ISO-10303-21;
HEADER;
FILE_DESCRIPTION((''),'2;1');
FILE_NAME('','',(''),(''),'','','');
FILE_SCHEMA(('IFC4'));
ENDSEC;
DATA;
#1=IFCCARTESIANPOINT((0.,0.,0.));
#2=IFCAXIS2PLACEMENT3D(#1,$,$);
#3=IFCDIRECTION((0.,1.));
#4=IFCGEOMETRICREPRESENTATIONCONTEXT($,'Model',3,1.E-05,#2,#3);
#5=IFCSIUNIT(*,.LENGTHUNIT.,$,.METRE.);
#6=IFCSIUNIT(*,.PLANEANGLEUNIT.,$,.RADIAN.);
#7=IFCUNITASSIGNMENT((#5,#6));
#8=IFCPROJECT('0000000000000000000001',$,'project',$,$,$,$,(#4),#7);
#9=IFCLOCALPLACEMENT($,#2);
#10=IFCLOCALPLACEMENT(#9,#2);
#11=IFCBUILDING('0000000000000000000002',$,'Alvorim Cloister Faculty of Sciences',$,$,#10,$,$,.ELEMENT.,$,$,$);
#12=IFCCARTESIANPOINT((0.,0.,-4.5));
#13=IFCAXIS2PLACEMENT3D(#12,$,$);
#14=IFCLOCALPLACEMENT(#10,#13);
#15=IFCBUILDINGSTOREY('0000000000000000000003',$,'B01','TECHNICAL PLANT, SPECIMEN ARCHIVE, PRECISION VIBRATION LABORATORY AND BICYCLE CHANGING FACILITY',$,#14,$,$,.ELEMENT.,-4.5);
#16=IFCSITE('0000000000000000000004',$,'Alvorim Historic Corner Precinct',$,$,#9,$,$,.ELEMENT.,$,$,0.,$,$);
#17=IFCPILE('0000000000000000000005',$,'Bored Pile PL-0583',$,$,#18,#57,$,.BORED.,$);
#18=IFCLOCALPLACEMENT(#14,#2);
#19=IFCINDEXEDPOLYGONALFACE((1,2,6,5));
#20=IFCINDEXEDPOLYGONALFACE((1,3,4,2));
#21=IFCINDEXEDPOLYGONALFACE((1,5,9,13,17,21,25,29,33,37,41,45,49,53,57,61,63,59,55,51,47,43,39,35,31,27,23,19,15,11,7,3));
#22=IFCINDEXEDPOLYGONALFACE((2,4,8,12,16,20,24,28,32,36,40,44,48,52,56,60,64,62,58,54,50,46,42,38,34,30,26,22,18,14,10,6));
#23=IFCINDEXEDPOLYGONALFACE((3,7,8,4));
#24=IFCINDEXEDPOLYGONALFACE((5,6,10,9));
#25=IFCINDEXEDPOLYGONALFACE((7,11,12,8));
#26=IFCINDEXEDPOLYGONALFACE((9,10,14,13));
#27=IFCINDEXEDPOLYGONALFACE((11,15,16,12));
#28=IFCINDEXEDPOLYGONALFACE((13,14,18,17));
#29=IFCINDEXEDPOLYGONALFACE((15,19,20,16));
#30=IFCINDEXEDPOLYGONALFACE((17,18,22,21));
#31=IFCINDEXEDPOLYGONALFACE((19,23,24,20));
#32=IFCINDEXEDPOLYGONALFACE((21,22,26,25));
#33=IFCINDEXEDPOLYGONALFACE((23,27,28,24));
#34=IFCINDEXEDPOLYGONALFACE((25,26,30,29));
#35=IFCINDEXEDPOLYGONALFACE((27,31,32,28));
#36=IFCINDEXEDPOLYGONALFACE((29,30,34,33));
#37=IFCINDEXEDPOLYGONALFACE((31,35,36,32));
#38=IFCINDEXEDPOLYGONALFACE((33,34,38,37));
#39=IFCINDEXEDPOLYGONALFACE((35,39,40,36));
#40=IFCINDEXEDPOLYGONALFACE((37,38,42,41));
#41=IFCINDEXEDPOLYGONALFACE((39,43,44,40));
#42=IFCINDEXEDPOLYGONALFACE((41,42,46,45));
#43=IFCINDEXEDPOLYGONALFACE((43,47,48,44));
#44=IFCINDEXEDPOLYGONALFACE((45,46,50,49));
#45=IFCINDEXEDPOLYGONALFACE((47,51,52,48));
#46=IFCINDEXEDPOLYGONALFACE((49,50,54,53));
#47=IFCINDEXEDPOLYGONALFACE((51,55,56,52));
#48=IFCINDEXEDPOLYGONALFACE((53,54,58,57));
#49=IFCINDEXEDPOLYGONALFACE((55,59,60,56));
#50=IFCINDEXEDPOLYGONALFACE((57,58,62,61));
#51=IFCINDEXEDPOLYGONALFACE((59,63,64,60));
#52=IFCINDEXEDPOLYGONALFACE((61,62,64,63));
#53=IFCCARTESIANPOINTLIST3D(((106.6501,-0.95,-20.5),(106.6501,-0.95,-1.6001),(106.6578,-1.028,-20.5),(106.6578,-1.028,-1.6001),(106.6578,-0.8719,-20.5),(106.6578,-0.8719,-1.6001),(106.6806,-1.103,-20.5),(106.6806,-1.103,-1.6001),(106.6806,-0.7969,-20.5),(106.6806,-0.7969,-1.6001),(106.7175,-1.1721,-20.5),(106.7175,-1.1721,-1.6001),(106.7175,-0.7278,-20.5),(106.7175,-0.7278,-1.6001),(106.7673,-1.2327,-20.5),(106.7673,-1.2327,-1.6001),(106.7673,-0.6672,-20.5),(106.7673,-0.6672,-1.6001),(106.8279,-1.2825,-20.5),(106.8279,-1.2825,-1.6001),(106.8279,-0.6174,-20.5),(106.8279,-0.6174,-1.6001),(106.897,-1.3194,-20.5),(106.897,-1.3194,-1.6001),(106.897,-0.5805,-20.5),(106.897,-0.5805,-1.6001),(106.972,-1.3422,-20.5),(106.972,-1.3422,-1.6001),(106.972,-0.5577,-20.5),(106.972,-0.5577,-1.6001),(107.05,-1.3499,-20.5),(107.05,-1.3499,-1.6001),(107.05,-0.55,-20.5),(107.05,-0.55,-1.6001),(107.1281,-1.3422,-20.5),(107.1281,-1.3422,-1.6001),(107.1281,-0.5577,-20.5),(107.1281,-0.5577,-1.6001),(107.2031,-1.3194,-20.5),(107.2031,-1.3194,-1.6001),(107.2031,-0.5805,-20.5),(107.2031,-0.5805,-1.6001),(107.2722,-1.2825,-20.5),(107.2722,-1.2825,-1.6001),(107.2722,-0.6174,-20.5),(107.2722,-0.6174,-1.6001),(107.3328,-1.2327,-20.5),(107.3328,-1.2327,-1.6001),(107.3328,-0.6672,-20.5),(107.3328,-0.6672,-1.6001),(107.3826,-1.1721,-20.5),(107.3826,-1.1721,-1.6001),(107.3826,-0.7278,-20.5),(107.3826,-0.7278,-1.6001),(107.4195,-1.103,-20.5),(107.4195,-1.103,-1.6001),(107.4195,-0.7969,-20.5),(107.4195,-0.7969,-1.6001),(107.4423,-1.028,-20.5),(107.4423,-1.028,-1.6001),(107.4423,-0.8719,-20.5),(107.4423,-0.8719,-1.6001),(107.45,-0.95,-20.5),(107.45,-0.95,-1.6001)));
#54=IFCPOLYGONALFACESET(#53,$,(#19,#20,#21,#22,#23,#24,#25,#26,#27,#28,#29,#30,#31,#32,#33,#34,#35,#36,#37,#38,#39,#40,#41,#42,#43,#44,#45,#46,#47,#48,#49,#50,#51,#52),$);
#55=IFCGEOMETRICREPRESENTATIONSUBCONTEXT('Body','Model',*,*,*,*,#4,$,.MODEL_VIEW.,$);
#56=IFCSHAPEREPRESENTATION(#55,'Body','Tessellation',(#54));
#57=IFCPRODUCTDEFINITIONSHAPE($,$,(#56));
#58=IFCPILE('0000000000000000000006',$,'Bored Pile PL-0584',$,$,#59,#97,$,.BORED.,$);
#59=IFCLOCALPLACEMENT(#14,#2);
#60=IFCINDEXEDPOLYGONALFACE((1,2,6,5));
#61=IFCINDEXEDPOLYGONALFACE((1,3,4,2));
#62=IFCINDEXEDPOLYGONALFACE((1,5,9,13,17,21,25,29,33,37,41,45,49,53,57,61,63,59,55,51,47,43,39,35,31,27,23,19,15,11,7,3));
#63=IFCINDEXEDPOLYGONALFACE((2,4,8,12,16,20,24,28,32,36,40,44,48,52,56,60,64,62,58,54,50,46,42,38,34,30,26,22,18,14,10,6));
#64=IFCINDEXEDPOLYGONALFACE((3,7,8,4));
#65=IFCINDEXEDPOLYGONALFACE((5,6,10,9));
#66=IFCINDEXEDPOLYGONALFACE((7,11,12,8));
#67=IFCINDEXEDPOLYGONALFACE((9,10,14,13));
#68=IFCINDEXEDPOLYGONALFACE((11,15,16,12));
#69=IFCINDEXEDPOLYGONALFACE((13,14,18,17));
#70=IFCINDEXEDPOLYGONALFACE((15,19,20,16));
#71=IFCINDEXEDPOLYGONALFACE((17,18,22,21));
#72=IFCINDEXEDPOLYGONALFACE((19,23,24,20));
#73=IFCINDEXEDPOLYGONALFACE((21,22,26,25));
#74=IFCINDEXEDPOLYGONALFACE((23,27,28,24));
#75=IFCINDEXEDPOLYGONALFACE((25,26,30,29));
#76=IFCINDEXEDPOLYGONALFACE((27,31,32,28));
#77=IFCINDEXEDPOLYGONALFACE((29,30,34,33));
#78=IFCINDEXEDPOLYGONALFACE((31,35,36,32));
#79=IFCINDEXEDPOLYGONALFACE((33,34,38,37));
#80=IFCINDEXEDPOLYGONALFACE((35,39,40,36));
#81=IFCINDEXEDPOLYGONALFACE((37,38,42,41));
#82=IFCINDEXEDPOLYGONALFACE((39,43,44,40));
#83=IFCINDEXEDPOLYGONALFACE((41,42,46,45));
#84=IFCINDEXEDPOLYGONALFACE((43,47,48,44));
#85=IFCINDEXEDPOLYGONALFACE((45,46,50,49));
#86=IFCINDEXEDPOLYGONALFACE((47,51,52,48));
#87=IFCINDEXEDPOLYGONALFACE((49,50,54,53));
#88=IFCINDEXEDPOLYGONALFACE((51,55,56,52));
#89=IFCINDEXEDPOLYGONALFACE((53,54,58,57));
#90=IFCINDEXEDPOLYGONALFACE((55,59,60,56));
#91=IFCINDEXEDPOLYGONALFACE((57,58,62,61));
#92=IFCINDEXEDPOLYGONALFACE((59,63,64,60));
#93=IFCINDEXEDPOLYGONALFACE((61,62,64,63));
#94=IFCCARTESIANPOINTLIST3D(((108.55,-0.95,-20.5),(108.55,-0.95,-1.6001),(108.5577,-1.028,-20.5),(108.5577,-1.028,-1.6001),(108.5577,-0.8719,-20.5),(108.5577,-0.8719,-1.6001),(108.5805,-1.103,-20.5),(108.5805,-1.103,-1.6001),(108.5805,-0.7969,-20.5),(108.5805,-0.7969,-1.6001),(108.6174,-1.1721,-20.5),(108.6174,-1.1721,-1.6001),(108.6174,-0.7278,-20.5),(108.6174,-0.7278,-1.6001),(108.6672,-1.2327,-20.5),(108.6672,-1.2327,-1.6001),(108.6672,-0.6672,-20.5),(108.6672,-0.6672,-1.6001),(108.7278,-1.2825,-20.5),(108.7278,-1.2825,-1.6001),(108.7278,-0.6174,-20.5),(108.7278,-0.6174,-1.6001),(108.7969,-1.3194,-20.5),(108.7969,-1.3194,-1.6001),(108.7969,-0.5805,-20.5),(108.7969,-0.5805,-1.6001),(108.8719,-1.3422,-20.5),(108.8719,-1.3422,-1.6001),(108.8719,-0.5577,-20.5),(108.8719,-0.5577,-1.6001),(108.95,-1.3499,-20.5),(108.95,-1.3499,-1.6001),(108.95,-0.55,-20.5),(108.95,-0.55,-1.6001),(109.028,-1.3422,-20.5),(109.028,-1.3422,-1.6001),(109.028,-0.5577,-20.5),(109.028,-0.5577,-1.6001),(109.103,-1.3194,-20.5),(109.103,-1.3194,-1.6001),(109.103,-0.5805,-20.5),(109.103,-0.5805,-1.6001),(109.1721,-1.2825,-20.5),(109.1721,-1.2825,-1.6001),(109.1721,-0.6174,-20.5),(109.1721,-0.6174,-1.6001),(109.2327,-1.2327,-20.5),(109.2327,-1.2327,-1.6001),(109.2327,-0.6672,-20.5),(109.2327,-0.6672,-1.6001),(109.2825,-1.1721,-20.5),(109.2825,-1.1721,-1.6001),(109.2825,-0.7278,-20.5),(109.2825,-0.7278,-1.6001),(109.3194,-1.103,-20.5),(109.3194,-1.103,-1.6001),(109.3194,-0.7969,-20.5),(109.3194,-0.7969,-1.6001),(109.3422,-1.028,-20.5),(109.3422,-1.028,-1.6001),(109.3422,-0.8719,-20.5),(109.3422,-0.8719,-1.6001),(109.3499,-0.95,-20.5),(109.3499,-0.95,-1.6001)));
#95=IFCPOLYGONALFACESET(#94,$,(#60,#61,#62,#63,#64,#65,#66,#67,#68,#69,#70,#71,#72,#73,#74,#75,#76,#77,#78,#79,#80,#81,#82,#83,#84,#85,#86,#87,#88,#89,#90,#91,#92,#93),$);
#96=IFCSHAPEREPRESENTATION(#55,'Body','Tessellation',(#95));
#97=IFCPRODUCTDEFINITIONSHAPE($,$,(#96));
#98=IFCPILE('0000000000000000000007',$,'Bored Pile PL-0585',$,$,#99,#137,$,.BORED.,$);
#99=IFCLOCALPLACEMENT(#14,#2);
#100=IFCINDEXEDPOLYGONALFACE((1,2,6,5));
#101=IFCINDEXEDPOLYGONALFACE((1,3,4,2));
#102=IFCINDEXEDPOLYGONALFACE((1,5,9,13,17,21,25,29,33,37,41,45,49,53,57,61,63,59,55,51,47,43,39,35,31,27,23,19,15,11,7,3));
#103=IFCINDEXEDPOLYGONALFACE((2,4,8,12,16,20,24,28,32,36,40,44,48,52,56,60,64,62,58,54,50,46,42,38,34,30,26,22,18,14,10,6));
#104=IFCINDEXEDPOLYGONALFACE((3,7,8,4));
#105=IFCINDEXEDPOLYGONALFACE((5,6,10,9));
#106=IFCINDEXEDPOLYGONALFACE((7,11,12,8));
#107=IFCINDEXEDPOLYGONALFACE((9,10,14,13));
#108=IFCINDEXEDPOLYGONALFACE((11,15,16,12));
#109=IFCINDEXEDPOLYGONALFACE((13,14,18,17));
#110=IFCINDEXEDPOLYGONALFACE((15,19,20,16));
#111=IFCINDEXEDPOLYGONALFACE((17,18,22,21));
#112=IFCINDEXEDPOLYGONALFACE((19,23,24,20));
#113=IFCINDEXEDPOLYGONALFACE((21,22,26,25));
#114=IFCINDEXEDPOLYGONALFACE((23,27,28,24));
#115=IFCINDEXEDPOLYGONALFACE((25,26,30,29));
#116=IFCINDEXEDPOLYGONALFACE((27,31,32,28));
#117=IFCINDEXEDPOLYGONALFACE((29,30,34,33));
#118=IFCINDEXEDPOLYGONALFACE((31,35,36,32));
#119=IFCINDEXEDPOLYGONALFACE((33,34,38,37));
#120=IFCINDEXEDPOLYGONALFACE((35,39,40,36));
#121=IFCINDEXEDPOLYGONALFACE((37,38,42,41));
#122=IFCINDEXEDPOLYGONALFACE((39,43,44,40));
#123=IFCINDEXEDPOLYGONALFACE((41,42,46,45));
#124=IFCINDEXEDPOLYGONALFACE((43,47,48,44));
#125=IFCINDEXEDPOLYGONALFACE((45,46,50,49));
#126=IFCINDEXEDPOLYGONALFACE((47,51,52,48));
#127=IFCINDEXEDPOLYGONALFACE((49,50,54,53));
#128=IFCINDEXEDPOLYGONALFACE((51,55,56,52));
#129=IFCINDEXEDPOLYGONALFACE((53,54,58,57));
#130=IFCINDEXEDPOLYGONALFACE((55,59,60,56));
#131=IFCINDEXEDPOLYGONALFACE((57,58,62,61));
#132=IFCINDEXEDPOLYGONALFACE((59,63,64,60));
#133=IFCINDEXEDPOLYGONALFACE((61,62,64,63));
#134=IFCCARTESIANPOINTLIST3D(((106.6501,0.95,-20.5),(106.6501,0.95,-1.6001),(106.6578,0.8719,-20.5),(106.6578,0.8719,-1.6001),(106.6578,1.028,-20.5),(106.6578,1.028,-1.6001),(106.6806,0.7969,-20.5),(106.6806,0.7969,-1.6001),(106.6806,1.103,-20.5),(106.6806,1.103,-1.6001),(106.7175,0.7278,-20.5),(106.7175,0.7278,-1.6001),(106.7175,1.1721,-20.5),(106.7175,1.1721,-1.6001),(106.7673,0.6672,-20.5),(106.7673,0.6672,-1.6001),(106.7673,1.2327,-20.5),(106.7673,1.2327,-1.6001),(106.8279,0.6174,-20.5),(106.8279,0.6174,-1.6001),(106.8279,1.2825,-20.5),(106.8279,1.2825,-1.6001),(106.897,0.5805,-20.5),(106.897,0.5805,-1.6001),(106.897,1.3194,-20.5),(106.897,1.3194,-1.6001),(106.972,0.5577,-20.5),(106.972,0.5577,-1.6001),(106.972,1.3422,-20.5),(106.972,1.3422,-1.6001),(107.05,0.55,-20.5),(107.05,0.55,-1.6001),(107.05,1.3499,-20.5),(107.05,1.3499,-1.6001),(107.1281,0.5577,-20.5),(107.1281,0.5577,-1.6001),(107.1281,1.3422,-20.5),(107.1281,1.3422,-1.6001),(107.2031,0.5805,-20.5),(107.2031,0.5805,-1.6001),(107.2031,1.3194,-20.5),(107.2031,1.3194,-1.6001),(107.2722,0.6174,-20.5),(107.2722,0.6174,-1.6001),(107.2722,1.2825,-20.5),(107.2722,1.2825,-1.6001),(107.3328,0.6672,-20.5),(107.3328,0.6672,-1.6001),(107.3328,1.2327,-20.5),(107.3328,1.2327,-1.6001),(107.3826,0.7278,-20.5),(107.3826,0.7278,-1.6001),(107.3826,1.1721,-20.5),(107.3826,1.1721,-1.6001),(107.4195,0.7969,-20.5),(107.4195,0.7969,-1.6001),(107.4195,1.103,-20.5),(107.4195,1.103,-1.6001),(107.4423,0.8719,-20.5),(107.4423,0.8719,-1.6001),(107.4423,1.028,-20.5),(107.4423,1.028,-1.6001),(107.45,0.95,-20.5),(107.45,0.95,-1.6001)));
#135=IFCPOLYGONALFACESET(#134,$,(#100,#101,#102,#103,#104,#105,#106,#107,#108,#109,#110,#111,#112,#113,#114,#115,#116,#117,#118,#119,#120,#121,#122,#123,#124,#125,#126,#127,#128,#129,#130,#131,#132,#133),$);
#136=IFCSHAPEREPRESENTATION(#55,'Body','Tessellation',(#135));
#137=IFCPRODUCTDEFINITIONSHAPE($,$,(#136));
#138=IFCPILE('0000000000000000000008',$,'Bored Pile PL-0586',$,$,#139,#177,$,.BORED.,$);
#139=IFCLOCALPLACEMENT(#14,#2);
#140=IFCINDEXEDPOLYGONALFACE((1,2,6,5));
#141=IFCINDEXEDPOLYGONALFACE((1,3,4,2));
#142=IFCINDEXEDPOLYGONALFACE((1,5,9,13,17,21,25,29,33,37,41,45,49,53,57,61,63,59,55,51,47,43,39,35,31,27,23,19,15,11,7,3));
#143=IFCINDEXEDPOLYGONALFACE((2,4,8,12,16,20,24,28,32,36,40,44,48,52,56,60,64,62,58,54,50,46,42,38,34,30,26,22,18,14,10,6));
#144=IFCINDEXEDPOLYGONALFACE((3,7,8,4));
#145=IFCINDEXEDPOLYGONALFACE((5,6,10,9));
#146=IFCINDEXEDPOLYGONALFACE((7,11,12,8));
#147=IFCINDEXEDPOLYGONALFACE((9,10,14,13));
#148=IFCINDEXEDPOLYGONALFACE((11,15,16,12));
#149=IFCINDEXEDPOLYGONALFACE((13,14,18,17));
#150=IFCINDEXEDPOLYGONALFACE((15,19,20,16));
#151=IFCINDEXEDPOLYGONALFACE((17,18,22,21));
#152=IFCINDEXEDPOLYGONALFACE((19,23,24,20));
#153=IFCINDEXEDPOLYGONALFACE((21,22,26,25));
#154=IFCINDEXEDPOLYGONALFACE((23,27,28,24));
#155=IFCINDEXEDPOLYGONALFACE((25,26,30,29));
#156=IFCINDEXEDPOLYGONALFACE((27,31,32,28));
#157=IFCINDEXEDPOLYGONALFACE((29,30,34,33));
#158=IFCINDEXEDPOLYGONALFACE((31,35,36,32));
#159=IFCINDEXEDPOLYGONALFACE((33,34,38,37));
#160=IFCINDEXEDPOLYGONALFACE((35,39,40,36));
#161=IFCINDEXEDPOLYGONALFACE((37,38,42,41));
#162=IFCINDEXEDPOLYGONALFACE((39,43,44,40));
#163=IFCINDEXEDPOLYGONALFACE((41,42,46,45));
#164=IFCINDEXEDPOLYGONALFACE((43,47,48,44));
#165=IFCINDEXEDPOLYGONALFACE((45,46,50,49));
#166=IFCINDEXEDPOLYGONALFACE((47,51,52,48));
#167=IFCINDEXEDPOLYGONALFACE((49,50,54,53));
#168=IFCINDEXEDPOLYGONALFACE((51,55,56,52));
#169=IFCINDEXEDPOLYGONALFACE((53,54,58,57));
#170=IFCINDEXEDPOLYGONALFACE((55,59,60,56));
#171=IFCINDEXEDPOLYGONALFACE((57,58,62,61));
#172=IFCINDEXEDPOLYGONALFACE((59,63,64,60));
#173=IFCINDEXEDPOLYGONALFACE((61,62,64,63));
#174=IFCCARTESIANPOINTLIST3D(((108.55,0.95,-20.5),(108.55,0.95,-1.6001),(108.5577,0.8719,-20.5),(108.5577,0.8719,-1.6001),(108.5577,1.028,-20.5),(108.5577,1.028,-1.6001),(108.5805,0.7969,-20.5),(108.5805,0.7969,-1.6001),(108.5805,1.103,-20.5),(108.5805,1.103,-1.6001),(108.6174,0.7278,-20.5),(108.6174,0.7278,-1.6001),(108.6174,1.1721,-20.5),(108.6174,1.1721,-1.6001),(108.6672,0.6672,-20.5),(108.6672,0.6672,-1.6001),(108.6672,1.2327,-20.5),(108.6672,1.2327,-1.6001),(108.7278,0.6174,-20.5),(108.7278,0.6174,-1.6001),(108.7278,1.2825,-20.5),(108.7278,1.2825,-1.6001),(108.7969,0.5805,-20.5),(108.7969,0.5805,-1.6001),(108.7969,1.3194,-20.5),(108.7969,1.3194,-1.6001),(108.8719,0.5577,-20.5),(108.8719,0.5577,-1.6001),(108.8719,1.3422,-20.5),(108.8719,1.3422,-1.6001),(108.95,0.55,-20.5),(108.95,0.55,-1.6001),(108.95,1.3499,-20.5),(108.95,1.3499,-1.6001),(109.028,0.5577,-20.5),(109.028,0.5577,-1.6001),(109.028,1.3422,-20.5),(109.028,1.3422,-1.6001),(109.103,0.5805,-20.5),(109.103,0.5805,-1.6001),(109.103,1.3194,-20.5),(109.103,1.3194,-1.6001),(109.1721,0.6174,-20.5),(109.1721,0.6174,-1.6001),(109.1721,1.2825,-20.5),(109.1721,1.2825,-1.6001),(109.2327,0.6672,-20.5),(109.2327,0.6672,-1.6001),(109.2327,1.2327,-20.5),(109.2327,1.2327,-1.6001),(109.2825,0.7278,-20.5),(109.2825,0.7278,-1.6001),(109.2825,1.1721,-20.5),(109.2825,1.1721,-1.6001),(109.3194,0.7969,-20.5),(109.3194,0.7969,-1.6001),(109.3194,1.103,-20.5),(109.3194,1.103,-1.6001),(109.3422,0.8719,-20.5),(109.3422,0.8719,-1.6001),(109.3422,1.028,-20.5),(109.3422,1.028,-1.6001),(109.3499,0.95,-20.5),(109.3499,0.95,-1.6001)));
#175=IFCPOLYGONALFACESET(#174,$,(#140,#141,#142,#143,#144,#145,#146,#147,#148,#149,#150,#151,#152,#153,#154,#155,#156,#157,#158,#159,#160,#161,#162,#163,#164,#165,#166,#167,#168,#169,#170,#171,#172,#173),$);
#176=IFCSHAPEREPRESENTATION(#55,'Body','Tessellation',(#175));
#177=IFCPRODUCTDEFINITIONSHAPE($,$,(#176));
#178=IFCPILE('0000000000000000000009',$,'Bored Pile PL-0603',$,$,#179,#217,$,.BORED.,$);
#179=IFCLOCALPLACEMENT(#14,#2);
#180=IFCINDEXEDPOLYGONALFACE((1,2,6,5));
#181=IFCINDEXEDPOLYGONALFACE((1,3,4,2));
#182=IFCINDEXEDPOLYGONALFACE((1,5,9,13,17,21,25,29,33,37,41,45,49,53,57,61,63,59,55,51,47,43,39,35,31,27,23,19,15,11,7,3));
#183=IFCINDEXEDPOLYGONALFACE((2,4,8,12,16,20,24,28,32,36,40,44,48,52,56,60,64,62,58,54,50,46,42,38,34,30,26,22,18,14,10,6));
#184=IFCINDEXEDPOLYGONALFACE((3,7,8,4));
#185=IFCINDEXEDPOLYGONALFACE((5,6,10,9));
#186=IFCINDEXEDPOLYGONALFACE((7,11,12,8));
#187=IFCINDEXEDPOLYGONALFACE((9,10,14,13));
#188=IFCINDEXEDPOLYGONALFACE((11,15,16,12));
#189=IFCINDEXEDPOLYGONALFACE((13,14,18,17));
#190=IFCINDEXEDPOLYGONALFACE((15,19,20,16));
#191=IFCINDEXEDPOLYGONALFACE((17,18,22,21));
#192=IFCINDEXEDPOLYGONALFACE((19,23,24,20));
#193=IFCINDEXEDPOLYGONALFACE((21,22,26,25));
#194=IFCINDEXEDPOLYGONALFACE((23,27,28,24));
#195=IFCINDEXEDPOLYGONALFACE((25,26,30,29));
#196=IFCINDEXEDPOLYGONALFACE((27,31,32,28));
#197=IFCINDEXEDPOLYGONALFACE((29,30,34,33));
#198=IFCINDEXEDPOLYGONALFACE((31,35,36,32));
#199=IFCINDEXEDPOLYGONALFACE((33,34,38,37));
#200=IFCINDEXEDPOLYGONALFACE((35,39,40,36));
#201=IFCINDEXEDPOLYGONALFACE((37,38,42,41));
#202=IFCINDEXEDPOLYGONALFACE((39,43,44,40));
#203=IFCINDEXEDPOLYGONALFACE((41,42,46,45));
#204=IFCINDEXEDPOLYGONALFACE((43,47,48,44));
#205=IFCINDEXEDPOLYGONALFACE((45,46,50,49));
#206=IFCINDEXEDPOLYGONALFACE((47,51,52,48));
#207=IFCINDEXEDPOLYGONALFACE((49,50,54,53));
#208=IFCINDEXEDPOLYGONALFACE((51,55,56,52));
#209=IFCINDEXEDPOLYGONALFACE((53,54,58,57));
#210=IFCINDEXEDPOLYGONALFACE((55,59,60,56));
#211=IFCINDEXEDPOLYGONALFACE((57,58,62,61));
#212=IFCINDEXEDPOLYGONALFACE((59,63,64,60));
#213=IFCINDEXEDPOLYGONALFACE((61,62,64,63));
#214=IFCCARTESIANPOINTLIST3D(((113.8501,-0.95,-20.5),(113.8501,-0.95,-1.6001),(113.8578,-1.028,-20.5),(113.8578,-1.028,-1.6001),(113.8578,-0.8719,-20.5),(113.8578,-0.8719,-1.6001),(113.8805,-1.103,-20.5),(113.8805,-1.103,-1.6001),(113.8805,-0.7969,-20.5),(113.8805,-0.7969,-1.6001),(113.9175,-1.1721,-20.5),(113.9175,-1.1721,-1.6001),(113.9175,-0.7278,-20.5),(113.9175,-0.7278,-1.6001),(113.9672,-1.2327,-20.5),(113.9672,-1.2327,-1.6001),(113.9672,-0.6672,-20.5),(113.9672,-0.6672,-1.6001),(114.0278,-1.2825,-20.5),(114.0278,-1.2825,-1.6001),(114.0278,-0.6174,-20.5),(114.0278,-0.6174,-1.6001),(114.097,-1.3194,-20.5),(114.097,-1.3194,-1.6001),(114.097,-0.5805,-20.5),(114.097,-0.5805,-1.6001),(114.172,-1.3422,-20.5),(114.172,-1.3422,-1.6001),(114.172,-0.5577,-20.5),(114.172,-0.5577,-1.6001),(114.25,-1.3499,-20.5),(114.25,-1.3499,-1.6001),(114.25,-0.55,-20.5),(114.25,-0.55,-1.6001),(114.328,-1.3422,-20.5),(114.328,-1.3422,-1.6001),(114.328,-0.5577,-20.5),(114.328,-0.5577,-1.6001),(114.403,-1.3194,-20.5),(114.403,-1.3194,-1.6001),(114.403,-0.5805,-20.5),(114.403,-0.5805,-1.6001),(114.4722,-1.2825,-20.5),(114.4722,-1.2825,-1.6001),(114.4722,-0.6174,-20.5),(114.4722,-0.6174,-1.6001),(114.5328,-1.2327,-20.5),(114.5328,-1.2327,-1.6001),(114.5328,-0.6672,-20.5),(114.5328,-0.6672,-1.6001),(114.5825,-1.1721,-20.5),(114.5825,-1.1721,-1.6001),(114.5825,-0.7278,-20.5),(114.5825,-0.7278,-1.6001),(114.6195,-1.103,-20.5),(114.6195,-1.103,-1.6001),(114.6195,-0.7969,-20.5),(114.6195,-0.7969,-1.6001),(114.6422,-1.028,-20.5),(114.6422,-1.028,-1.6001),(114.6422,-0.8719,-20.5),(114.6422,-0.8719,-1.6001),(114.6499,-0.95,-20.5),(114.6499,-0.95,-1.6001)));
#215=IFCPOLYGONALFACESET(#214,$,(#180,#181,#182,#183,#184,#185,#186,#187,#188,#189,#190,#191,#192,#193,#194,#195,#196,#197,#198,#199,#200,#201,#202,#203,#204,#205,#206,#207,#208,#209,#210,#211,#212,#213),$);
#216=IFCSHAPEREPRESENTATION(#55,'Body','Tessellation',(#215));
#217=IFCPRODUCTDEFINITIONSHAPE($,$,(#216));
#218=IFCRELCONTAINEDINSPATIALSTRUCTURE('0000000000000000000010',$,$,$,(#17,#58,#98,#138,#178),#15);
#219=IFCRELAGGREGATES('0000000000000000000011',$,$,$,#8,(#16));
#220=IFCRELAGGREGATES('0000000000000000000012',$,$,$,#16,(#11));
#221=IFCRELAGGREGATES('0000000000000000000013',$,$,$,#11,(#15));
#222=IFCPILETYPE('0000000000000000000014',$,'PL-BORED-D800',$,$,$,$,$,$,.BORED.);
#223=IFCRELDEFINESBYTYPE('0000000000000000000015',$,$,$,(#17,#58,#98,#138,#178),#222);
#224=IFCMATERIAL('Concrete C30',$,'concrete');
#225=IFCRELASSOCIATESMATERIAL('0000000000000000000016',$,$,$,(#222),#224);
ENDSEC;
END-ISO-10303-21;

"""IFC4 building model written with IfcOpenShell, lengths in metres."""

from ifc_helpers import new_model, si_unit, direction, frame, origin, origin_2d, place, context, subcontext, project, spatial, circle, extrude, material, material_profile, profile_set, type_object, element, save


model = new_model("IFC4")

# Units and contexts
model_context = context("Model", 3, precision=1e-05, world=origin(), true_north=direction((0.0, 1.0)))
body_context = subcontext(model_context, "Body", "Model", "MODEL_VIEW")
ifc_project = project(units=[si_unit("LENGTHUNIT", "METRE"), si_unit("PLANEANGLEUNIT", "RADIAN")], contexts=[model_context])

# Site, building, storey
site_placement = place(None, origin())
site = spatial("IfcSite", under=ifc_project, at=site_placement, Name="Alvorim Historic Corner Precinct", CompositionType="ELEMENT", RefElevation=0.0)
building_placement = place(site_placement, origin())
building = spatial("IfcBuilding", under=site, at=building_placement, Name="Alvorim Cloister Faculty of Sciences", CompositionType="ELEMENT")
storey_placement = place(building_placement, frame((0.0, 0.0, -4.5)))
storey = spatial("IfcBuildingStorey", under=building, at=storey_placement, Name="B01", Description="TECHNICAL PLANT, SPECIMEN ARCHIVE, PRECISION VIBRATION LABORATORY AND BICYCLE CHANGING FACILITY", CompositionType="ELEMENT", Elevation=-4.5)

# Piles
ifc_material_1 = material(Name="Concrete C30", Category="concrete")
ifc_material_profile_1 = material_profile(ifc_material_1, circle(Radius=0.3999, at=origin_2d()), Name="PILE-D800")
ifc_profile_set_1 = profile_set([ifc_material_profile_1], Name="Concrete C30")
pile_type_1 = type_object("IfcPileType", Name="PL-BORED-D800", PredefinedType="BORED", material=ifc_profile_set_1)
for number, where, z_axis, x_axis, name in (
    (1, (107.05, -0.95, -1.6001), (0.0, 0.0, -1.0), (1.0, 0.0, 0.0), "Bored Pile PL-0583"),
    (2, (108.95, -0.95, -1.6001), (0.0, 0.0, -1.0), (1.0, 0.0, 0.0), "Bored Pile PL-0584"),
    (3, (107.05, 0.95, -1.6001), (0.0, 0.0, -1.0), (1.0, 0.0, 0.0), "Bored Pile PL-0585"),
    (4, (108.95, 0.95, -1.6001), (0.0, 0.0, -1.0), (1.0, 0.0, 0.0), "Bored Pile PL-0586"),
    (5, (114.25, -0.95, -1.6001), (0.0, 0.0, -1.0), (1.0, 0.0, 0.0), "Bored Pile PL-0603"),
):
    element("IfcPile", number, at=place(storey_placement, frame(where, z_axis=z_axis, x_axis=x_axis)), inside=storey, type_object=pile_type_1, Name=name, PredefinedType="BORED", context=body_context, shape_type="SweptSolid", body=[
        extrude(circle(Radius=0.3999, at=origin_2d()), origin(), (0.0, 0.0, 1.0), 18.8999),
    ])

save(model, "model.ifc")
